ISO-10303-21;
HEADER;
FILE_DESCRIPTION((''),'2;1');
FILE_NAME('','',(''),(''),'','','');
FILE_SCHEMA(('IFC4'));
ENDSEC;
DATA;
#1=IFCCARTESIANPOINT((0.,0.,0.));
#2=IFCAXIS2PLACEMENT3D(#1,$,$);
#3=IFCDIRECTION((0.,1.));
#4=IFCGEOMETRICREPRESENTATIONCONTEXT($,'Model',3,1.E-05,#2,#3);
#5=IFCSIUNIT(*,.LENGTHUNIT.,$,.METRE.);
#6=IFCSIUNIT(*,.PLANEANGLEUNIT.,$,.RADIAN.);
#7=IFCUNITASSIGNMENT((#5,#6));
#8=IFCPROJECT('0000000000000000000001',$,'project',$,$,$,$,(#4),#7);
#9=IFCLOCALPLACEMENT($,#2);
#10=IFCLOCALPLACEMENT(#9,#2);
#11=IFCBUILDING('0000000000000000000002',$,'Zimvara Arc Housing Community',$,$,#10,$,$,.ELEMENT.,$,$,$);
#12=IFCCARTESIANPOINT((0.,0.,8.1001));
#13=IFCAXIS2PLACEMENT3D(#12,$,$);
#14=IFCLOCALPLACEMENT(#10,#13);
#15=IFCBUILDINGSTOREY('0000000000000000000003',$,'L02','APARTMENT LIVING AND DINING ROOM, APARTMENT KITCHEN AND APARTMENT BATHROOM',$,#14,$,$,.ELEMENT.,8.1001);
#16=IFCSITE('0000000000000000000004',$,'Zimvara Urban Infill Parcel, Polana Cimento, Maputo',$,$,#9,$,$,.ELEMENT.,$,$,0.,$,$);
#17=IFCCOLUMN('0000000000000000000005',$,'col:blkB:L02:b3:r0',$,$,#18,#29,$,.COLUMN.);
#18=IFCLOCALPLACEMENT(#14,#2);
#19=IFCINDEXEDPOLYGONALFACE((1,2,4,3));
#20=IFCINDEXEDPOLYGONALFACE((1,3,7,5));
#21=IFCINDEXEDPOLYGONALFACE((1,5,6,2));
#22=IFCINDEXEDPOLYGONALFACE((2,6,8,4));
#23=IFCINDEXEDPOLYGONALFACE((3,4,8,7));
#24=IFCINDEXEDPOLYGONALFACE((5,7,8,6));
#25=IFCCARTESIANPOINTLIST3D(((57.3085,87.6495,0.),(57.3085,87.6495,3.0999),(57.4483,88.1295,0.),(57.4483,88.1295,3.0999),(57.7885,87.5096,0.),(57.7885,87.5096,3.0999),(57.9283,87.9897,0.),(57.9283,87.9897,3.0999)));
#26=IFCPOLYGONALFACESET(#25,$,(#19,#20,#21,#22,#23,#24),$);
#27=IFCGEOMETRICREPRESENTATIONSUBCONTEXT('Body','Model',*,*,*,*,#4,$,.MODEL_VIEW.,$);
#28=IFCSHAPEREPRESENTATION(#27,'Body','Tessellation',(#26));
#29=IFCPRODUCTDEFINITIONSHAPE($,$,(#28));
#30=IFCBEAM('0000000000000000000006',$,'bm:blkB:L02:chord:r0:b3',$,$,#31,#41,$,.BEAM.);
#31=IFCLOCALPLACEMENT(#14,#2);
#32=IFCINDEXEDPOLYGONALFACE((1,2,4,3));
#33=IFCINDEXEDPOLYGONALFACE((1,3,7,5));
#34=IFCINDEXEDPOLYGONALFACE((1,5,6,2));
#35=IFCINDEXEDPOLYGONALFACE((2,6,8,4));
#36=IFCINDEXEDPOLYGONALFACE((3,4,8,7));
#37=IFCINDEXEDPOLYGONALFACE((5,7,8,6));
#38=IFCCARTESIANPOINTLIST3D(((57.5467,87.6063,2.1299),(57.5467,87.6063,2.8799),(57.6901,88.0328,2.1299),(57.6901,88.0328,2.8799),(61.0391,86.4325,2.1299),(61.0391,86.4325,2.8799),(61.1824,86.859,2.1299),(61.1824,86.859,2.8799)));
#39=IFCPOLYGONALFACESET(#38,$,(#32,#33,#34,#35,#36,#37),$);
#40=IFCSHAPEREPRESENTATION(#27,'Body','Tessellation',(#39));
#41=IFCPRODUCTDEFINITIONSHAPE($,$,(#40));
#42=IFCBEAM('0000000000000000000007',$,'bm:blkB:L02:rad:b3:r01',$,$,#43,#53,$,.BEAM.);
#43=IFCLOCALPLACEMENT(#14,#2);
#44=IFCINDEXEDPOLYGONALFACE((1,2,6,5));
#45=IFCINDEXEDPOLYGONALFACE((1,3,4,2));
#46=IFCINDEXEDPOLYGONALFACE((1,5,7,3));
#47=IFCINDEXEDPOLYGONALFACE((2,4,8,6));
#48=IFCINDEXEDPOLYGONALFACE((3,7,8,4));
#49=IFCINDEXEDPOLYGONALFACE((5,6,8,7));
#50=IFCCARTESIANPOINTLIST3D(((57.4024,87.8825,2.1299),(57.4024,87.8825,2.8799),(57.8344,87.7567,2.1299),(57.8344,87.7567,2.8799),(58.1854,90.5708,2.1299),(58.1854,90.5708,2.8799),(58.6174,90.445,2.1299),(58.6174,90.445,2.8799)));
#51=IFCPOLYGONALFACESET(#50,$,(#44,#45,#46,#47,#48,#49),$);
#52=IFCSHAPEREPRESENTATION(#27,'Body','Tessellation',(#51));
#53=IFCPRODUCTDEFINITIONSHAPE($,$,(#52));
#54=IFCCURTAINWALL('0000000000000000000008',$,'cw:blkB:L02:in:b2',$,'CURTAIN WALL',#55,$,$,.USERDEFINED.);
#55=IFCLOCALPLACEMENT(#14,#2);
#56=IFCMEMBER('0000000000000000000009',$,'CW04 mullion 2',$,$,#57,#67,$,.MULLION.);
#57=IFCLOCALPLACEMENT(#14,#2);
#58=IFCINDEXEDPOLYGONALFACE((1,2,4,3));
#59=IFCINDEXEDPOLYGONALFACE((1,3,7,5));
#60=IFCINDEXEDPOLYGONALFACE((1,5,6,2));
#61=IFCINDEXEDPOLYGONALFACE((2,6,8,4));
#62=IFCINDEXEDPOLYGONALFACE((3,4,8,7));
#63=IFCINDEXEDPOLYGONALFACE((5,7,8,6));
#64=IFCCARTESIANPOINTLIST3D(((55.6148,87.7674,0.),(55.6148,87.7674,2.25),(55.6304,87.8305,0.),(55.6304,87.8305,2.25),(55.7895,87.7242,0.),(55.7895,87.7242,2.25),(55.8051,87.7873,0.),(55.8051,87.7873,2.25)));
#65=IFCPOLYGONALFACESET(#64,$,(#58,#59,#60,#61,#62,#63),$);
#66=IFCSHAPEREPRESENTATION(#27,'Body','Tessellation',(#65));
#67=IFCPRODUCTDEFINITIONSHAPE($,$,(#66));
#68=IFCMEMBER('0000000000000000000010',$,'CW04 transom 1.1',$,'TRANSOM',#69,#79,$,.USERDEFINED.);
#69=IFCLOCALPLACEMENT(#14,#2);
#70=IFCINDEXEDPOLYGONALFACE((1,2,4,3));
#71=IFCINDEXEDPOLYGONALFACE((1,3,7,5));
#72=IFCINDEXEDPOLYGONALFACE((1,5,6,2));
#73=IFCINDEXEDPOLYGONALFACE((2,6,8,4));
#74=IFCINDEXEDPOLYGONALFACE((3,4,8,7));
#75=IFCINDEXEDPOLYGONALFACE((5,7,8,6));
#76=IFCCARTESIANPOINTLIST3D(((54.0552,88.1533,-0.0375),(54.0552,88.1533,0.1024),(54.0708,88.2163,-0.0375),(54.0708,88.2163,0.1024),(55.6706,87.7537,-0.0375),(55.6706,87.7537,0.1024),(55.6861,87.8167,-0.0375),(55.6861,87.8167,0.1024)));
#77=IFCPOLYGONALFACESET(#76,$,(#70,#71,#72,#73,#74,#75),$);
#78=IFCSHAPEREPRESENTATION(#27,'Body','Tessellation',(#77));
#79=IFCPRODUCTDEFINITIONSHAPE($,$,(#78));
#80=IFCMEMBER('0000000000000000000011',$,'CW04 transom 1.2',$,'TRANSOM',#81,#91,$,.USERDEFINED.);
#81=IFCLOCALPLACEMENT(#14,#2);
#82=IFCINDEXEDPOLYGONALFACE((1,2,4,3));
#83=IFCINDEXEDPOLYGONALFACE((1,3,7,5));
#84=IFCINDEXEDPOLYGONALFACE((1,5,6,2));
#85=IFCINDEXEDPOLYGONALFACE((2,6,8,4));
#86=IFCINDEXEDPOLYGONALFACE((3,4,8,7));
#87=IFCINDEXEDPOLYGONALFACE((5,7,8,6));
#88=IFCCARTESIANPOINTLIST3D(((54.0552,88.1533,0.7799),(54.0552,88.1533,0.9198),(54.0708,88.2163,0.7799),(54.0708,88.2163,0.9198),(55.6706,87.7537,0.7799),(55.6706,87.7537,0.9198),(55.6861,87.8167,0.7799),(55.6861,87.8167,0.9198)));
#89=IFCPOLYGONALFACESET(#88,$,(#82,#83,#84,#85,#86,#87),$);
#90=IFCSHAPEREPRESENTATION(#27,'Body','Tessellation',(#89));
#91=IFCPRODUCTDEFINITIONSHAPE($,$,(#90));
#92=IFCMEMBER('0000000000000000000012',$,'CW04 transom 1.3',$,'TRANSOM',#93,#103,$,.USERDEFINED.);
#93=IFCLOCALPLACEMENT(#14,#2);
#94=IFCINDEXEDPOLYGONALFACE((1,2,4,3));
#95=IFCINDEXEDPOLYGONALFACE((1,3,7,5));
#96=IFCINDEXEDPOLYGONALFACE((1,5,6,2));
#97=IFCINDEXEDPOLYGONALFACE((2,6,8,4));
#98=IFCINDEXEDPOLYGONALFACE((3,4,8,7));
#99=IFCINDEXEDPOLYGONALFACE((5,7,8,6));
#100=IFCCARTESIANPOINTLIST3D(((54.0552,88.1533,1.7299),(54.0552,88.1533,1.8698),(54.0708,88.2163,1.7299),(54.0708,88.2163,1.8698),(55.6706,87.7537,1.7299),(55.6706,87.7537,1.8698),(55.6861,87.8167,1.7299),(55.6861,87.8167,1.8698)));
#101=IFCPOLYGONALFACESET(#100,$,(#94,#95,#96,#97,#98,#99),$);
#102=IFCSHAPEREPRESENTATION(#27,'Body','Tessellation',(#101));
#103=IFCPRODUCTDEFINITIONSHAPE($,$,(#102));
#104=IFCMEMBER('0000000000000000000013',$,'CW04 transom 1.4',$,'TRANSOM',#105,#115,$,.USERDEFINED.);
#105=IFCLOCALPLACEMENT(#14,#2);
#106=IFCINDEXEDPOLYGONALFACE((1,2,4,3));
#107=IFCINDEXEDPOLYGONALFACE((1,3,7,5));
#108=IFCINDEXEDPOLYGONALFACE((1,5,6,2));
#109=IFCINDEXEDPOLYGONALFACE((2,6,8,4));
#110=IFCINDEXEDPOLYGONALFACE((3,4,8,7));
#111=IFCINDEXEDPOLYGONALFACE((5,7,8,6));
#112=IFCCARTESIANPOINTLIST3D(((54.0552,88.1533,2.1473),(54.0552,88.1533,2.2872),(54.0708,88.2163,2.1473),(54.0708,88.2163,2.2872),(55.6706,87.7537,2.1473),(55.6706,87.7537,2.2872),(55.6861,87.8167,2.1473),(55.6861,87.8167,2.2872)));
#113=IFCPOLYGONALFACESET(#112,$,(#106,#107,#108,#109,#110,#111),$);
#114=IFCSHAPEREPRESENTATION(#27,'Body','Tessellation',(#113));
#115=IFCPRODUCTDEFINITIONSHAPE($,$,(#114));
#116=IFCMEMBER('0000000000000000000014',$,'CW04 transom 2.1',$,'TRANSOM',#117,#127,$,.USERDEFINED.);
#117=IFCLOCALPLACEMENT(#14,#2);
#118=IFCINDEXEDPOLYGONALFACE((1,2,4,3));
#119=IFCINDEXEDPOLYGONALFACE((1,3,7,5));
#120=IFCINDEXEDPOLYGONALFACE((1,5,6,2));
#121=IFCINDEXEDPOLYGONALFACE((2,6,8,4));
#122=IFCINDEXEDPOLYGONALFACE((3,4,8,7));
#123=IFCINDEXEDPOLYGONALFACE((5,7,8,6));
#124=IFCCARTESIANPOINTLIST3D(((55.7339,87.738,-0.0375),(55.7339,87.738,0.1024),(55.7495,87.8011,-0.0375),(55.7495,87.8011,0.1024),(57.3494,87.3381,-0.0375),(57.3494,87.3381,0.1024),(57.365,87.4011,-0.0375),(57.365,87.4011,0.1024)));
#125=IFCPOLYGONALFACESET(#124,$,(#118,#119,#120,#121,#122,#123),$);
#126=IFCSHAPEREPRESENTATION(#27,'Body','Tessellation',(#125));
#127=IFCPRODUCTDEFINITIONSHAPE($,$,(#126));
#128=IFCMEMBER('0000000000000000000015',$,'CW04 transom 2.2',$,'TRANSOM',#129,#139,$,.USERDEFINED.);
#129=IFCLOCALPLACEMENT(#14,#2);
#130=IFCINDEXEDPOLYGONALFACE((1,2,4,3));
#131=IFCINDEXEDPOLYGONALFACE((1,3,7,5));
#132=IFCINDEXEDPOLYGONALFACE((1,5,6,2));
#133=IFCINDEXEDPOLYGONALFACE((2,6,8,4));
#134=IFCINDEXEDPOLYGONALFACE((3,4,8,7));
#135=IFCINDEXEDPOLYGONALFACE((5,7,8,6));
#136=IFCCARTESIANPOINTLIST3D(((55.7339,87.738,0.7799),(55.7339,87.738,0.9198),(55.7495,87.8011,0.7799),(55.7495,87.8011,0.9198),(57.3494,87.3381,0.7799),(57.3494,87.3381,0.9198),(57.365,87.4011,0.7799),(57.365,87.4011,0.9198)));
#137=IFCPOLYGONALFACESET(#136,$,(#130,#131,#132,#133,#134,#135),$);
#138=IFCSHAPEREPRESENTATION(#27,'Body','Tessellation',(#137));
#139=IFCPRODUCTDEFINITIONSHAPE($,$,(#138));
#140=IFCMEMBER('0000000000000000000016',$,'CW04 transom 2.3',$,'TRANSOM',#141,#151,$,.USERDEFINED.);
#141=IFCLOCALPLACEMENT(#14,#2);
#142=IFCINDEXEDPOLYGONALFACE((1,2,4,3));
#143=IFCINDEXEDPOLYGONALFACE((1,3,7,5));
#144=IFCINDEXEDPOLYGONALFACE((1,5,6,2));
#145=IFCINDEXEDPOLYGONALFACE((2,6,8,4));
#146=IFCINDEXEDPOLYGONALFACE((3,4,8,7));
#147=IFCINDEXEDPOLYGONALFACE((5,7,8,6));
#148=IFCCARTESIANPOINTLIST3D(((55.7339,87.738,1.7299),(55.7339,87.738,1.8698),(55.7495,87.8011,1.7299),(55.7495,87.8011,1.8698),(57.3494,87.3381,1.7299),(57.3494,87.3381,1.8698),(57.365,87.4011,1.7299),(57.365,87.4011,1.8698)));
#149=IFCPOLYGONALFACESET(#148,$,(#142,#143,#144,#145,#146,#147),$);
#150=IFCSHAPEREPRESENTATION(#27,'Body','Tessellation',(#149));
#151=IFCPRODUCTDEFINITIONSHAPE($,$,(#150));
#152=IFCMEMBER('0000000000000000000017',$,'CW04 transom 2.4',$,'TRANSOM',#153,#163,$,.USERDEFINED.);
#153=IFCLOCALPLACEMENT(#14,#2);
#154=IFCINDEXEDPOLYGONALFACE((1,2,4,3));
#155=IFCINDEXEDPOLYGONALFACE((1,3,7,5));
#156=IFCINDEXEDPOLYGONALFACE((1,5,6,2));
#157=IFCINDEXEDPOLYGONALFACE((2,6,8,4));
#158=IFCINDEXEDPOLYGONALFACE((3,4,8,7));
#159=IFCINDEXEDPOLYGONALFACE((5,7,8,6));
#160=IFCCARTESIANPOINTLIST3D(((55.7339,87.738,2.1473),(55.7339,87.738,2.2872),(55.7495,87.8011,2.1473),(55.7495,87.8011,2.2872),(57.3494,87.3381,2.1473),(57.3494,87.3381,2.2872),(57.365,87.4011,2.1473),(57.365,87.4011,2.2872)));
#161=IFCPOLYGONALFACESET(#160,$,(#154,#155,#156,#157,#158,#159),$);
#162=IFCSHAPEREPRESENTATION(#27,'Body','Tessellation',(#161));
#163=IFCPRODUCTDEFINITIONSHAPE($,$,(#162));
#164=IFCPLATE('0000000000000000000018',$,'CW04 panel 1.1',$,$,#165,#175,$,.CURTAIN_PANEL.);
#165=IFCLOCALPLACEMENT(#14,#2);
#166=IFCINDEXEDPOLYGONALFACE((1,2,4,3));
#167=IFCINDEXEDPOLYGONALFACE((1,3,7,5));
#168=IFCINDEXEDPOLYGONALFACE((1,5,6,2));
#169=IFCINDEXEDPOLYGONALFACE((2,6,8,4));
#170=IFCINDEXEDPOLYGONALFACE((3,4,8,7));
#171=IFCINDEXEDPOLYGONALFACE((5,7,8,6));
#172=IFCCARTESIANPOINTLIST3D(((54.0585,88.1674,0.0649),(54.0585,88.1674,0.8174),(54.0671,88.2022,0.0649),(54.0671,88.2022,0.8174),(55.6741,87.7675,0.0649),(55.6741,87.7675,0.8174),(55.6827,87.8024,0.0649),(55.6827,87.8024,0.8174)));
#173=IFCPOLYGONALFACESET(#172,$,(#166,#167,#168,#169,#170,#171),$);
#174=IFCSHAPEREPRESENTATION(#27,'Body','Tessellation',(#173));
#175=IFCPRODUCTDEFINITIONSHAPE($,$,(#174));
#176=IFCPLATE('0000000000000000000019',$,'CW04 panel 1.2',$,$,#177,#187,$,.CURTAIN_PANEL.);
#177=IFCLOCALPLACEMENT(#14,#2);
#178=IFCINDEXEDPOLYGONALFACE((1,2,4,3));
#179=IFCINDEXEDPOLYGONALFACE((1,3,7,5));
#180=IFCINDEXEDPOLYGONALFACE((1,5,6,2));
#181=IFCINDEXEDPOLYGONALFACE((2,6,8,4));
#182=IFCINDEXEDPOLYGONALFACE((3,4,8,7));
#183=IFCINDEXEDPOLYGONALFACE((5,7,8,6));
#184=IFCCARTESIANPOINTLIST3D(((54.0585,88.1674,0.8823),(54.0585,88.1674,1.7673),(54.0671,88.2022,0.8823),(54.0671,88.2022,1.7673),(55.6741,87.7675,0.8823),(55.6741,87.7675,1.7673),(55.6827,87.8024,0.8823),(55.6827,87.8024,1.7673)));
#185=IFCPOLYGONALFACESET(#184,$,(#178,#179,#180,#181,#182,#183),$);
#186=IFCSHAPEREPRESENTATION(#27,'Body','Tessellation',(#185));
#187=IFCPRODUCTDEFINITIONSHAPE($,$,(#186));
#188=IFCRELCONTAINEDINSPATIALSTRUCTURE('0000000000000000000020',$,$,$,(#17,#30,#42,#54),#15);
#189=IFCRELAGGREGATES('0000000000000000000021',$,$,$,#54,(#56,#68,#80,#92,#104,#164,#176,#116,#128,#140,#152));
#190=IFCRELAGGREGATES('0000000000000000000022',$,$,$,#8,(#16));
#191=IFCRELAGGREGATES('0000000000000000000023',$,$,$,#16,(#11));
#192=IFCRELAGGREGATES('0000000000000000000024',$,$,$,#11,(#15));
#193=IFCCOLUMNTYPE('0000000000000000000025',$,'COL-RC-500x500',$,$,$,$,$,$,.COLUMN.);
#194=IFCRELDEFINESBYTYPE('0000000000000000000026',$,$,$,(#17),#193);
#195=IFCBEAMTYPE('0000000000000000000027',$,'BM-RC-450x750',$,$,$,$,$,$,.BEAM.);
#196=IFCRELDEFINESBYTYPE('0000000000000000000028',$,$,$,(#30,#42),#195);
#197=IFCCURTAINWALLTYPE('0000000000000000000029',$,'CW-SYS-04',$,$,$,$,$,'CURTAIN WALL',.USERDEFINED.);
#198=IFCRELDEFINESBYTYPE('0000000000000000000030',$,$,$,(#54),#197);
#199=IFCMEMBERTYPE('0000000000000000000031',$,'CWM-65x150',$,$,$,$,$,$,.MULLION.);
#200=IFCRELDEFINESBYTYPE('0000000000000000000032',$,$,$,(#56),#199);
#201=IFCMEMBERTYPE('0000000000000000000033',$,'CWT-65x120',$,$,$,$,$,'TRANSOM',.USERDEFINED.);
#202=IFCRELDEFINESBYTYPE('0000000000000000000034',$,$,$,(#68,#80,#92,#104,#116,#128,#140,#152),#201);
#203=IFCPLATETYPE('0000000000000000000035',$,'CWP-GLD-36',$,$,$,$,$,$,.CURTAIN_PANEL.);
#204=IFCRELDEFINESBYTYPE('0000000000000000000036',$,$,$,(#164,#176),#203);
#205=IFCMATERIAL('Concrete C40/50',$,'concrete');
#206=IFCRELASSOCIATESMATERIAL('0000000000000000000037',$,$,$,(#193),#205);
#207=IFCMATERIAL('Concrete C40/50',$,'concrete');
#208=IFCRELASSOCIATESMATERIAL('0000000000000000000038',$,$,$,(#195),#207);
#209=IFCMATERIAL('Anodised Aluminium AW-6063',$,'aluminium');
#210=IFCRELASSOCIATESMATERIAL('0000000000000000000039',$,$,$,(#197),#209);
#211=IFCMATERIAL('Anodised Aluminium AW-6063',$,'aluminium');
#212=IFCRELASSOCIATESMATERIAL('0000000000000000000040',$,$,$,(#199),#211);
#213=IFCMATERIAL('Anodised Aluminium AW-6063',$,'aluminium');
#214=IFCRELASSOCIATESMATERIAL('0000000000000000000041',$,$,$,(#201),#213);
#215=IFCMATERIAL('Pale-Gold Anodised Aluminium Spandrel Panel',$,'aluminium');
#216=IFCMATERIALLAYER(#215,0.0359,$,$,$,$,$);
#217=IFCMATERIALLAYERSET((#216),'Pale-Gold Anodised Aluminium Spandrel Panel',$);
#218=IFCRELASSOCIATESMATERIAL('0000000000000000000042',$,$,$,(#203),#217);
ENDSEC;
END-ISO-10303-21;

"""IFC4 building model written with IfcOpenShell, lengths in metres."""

from ifc_helpers import new_model, si_unit, direction, frame, origin, origin_2d, place, context, subcontext, project, spatial, rectangle, extrude, material, layer, layer_set, material_profile, profile_set, type_object, element, aggregate, save


model = new_model("IFC4")

# Units and contexts
model_context = context("Model", 3, precision=1e-05, world=origin(), true_north=direction((0.0, 1.0)))
body_context = subcontext(model_context, "Body", "Model", "MODEL_VIEW")
ifc_project = project(units=[si_unit("LENGTHUNIT", "METRE"), si_unit("PLANEANGLEUNIT", "RADIAN")], contexts=[model_context])

# Site, building, storey
site_placement = place(None, origin())
site = spatial("IfcSite", under=ifc_project, at=site_placement, Name="Zimvara Urban Infill Parcel, Polana Cimento, Maputo", CompositionType="ELEMENT", RefElevation=0.0)
building_placement = place(site_placement, origin())
building = spatial("IfcBuilding", under=site, at=building_placement, Name="Zimvara Arc Housing Community", CompositionType="ELEMENT")
storey_placement = place(building_placement, frame((0.0, 0.0, 8.1001)))
storey = spatial("IfcBuildingStorey", under=building, at=storey_placement, Name="L02", Description="APARTMENT LIVING AND DINING ROOM, APARTMENT KITCHEN AND APARTMENT BATHROOM", CompositionType="ELEMENT", Elevation=8.1001)

# Column
ifc_material_1 = material(Name="Concrete C40/50", Category="concrete")
ifc_material_profile_1 = material_profile(ifc_material_1, rectangle(XDim=0.5, YDim=0.5, at=origin_2d()), Name="RC 500x500")
ifc_profile_set_1 = profile_set([ifc_material_profile_1], Name="Concrete C40/50")
column_type = type_object("IfcColumnType", Name="COL-RC-500x500", PredefinedType="COLUMN", material=ifc_profile_set_1)
column_placement = place(storey_placement, frame((57.6184, 87.8196, 0.0), z_axis=(0.0, 0.0, 1.0), x_axis=(0.279661, 0.960099, 0.0)))
element("IfcColumn", 1, at=column_placement, inside=storey, type_object=column_type, Name="col:blkB:L02:b3:r0", PredefinedType="COLUMN", context=body_context, shape_type="SweptSolid", body=[
    extrude(rectangle(XDim=0.5, YDim=0.5, at=origin_2d()), origin(), (0.0, 0.0, 1.0), 3.0999),
])

# Beams
ifc_material_2 = material(Name="Concrete C40/50", Category="concrete")
ifc_material_profile_2 = material_profile(ifc_material_2, rectangle(XDim=0.45, YDim=0.75, at=origin_2d()), Name="RC 450x750")
ifc_profile_set_2 = profile_set([ifc_material_profile_2], Name="Concrete C40/50")
beam_type = type_object("IfcBeamType", Name="BM-RC-450x750", PredefinedType="BEAM", material=ifc_profile_set_2)
beam_1_placement = place(storey_placement, frame((57.6184, 87.8196, 2.5049), z_axis=(0.947892, -0.318592, 0.0), x_axis=(0.318592, 0.947892, 0.0)))
element("IfcBeam", 2, at=beam_1_placement, inside=storey, type_object=beam_type, Name="bm:blkB:L02:chord:r0:b3", PredefinedType="BEAM", context=body_context, shape_type="SweptSolid", body=[
    extrude(rectangle(XDim=0.45, YDim=0.75, at=origin_2d()), origin(), (0.0, 0.0, 1.0), 3.6843),
])
beam_2_placement = place(storey_placement, frame((57.6184, 87.8196, 2.5049), z_axis=(0.279635, 0.960106, 0.0), x_axis=(-0.960106, 0.279635, 0.0)))
element("IfcBeam", 3, at=beam_2_placement, inside=storey, type_object=beam_type, Name="bm:blkB:L02:rad:b3:r01", PredefinedType="BEAM", context=body_context, shape_type="SweptSolid", body=[
    extrude(rectangle(XDim=0.45, YDim=0.75, at=origin_2d()), origin(), (0.0, 0.0, 1.0), 2.8),
])

# Curtain wall, members, plates
ifc_material_3 = material(Name="Anodised Aluminium AW-6063", Category="aluminium")
curtain_wall_type = type_object("IfcCurtainWallType", Name="CW-SYS-04", ElementType="CURTAIN WALL", PredefinedType="USERDEFINED", material=ifc_material_3)
curtain_wall_placement = place(storey_placement, origin())
curtain_wall = element("IfcCurtainWall", 4, at=curtain_wall_placement, inside=storey, type_object=curtain_wall_type, Name="cw:blkB:L02:in:b2", ObjectType="CURTAIN WALL", PredefinedType="USERDEFINED")
ifc_material_4 = material(Name="Anodised Aluminium AW-6063", Category="aluminium")
ifc_material_profile_3 = material_profile(ifc_material_4, rectangle(XDim=0.0649, YDim=0.1799, at=origin_2d()), Name="ALU 65x180")
ifc_profile_set_3 = profile_set([ifc_material_profile_3], Name="Anodised Aluminium AW-6063")
member_type_1 = type_object("IfcMemberType", Name="CWM-65x150", PredefinedType="MULLION", material=ifc_profile_set_3)
member_1_placement = place(storey_placement, frame((55.71, 87.7773, 0.0), z_axis=(0.0, 0.0, 1.0), x_axis=(0.240228, 0.970717, 0.0)))
member_1 = element("IfcMember", 5, at=member_1_placement, type_object=member_type_1, Name="CW04 mullion 2", PredefinedType="MULLION", context=body_context, shape_type="SweptSolid", body=[
    extrude(rectangle(XDim=0.0649, YDim=0.1799, at=origin_2d()), origin(), (0.0, 0.0, 1.0), 2.25),
])
ifc_material_5 = material(Name="Anodised Aluminium AW-6063", Category="aluminium")
ifc_material_profile_4 = material_profile(ifc_material_5, rectangle(XDim=0.0649, YDim=0.1399, at=origin_2d()), Name="ALU 65x140")
ifc_profile_set_4 = profile_set([ifc_material_profile_4], Name="Anodised Aluminium AW-6063")
member_type_2 = type_object("IfcMemberType", Name="CWT-65x120", ElementType="TRANSOM", PredefinedType="USERDEFINED", material=ifc_profile_set_4)
member_2_placement = place(storey_placement, frame((54.063, 88.1848, 0.0325), z_axis=(0.970735, -0.240153, 0.0), x_axis=(0.240153, 0.970735, 0.0)))
member_2 = element("IfcMember", 6, at=member_2_placement, type_object=member_type_2, Name="CW04 transom 1.1", ObjectType="TRANSOM", PredefinedType="USERDEFINED", context=body_context, shape_type="SweptSolid", body=[
    extrude(rectangle(XDim=0.0649, YDim=0.1399, at=origin_2d()), origin(), (0.0, 0.0, 1.0), 1.6641),
])
member_3_placement = place(storey_placement, frame((54.063, 88.1848, 0.8499), z_axis=(0.970735, -0.240153, 0.0), x_axis=(0.240153, 0.970735, 0.0)))
member_3 = element("IfcMember", 7, at=member_3_placement, type_object=member_type_2, Name="CW04 transom 1.2", ObjectType="TRANSOM", PredefinedType="USERDEFINED", context=body_context, shape_type="SweptSolid", body=[
    extrude(rectangle(XDim=0.0649, YDim=0.1399, at=origin_2d()), origin(), (0.0, 0.0, 1.0), 1.6641),
])
member_4_placement = place(storey_placement, frame((54.063, 88.1848, 1.7998), z_axis=(0.970735, -0.240153, 0.0), x_axis=(0.240153, 0.970735, 0.0)))
member_4 = element("IfcMember", 8, at=member_4_placement, type_object=member_type_2, Name="CW04 transom 1.3", ObjectType="TRANSOM", PredefinedType="USERDEFINED", context=body_context, shape_type="SweptSolid", body=[
    extrude(rectangle(XDim=0.0649, YDim=0.1399, at=origin_2d()), origin(), (0.0, 0.0, 1.0), 1.6641),
])
member_5_placement = place(storey_placement, frame((54.063, 88.1848, 2.2173), z_axis=(0.970735, -0.240153, 0.0), x_axis=(0.240153, 0.970735, 0.0)))
member_5 = element("IfcMember", 9, at=member_5_placement, type_object=member_type_2, Name="CW04 transom 1.4", ObjectType="TRANSOM", PredefinedType="USERDEFINED", context=body_context, shape_type="SweptSolid", body=[
    extrude(rectangle(XDim=0.0649, YDim=0.1399, at=origin_2d()), origin(), (0.0, 0.0, 1.0), 1.6641),
])
member_6_placement = place(storey_placement, frame((55.7417, 87.7695, 0.0325), z_axis=(0.970701, -0.240291, 0.0), x_axis=(0.240291, 0.970701, 0.0)))
member_6 = element("IfcMember", 10, at=member_6_placement, type_object=member_type_2, Name="CW04 transom 2.1", ObjectType="TRANSOM", PredefinedType="USERDEFINED", context=body_context, shape_type="SweptSolid", body=[
    extrude(rectangle(XDim=0.0649, YDim=0.1399, at=origin_2d()), origin(), (0.0, 0.0, 1.0), 1.6643),
])
member_7_placement = place(storey_placement, frame((55.7417, 87.7695, 0.8499), z_axis=(0.970701, -0.240291, 0.0), x_axis=(0.240291, 0.970701, 0.0)))
member_7 = element("IfcMember", 11, at=member_7_placement, type_object=member_type_2, Name="CW04 transom 2.2", ObjectType="TRANSOM", PredefinedType="USERDEFINED", context=body_context, shape_type="SweptSolid", body=[
    extrude(rectangle(XDim=0.0649, YDim=0.1399, at=origin_2d()), origin(), (0.0, 0.0, 1.0), 1.6643),
])
member_8_placement = place(storey_placement, frame((55.7417, 87.7695, 1.7998), z_axis=(0.970701, -0.240291, 0.0), x_axis=(0.240291, 0.970701, 0.0)))
member_8 = element("IfcMember", 12, at=member_8_placement, type_object=member_type_2, Name="CW04 transom 2.3", ObjectType="TRANSOM", PredefinedType="USERDEFINED", context=body_context, shape_type="SweptSolid", body=[
    extrude(rectangle(XDim=0.0649, YDim=0.1399, at=origin_2d()), origin(), (0.0, 0.0, 1.0), 1.6643),
])
member_9_placement = place(storey_placement, frame((55.7417, 87.7695, 2.2173), z_axis=(0.970701, -0.240291, 0.0), x_axis=(0.240291, 0.970701, 0.0)))
member_9 = element("IfcMember", 13, at=member_9_placement, type_object=member_type_2, Name="CW04 transom 2.4", ObjectType="TRANSOM", PredefinedType="USERDEFINED", context=body_context, shape_type="SweptSolid", body=[
    extrude(rectangle(XDim=0.0649, YDim=0.1399, at=origin_2d()), origin(), (0.0, 0.0, 1.0), 1.6643),
])
ifc_material_6 = material(Name="Pale-Gold Anodised Aluminium Spandrel Panel", Category="aluminium")
ifc_layer = layer(ifc_material_6, 0.0359)
ifc_layer_set = layer_set([ifc_layer], Name="Pale-Gold Anodised Aluminium Spandrel Panel")
plate_type = type_object("IfcPlateType", Name="CWP-GLD-36", PredefinedType="CURTAIN_PANEL", material=ifc_layer_set)
plate_1_placement = place(storey_placement, frame((54.8706, 87.9849, 0.0649), z_axis=(0.0, 0.0, 1.0), x_axis=(0.970717, -0.240228, 0.0)))
plate_1 = element("IfcPlate", 14, at=plate_1_placement, type_object=plate_type, Name="CW04 panel 1.1", PredefinedType="CURTAIN_PANEL", context=body_context, shape_type="SweptSolid", body=[
    extrude(rectangle(XDim=1.6643, YDim=0.0359, at=origin_2d()), origin(), (0.0, 0.0, 1.0), 0.7524),
])
plate_2_placement = place(storey_placement, frame((54.8706, 87.9849, 0.8823), z_axis=(0.0, 0.0, 1.0), x_axis=(0.970717, -0.240228, 0.0)))
plate_2 = element("IfcPlate", 15, at=plate_2_placement, type_object=plate_type, Name="CW04 panel 1.2", PredefinedType="CURTAIN_PANEL", context=body_context, shape_type="SweptSolid", body=[
    extrude(rectangle(XDim=1.6643, YDim=0.0359, at=origin_2d()), origin(), (0.0, 0.0, 1.0), 0.885),
])
aggregate(curtain_wall, [member_1, member_2, member_3, member_4, member_5, plate_1, plate_2, member_6, member_7, member_8, member_9])

save(model, "model.ifc")
